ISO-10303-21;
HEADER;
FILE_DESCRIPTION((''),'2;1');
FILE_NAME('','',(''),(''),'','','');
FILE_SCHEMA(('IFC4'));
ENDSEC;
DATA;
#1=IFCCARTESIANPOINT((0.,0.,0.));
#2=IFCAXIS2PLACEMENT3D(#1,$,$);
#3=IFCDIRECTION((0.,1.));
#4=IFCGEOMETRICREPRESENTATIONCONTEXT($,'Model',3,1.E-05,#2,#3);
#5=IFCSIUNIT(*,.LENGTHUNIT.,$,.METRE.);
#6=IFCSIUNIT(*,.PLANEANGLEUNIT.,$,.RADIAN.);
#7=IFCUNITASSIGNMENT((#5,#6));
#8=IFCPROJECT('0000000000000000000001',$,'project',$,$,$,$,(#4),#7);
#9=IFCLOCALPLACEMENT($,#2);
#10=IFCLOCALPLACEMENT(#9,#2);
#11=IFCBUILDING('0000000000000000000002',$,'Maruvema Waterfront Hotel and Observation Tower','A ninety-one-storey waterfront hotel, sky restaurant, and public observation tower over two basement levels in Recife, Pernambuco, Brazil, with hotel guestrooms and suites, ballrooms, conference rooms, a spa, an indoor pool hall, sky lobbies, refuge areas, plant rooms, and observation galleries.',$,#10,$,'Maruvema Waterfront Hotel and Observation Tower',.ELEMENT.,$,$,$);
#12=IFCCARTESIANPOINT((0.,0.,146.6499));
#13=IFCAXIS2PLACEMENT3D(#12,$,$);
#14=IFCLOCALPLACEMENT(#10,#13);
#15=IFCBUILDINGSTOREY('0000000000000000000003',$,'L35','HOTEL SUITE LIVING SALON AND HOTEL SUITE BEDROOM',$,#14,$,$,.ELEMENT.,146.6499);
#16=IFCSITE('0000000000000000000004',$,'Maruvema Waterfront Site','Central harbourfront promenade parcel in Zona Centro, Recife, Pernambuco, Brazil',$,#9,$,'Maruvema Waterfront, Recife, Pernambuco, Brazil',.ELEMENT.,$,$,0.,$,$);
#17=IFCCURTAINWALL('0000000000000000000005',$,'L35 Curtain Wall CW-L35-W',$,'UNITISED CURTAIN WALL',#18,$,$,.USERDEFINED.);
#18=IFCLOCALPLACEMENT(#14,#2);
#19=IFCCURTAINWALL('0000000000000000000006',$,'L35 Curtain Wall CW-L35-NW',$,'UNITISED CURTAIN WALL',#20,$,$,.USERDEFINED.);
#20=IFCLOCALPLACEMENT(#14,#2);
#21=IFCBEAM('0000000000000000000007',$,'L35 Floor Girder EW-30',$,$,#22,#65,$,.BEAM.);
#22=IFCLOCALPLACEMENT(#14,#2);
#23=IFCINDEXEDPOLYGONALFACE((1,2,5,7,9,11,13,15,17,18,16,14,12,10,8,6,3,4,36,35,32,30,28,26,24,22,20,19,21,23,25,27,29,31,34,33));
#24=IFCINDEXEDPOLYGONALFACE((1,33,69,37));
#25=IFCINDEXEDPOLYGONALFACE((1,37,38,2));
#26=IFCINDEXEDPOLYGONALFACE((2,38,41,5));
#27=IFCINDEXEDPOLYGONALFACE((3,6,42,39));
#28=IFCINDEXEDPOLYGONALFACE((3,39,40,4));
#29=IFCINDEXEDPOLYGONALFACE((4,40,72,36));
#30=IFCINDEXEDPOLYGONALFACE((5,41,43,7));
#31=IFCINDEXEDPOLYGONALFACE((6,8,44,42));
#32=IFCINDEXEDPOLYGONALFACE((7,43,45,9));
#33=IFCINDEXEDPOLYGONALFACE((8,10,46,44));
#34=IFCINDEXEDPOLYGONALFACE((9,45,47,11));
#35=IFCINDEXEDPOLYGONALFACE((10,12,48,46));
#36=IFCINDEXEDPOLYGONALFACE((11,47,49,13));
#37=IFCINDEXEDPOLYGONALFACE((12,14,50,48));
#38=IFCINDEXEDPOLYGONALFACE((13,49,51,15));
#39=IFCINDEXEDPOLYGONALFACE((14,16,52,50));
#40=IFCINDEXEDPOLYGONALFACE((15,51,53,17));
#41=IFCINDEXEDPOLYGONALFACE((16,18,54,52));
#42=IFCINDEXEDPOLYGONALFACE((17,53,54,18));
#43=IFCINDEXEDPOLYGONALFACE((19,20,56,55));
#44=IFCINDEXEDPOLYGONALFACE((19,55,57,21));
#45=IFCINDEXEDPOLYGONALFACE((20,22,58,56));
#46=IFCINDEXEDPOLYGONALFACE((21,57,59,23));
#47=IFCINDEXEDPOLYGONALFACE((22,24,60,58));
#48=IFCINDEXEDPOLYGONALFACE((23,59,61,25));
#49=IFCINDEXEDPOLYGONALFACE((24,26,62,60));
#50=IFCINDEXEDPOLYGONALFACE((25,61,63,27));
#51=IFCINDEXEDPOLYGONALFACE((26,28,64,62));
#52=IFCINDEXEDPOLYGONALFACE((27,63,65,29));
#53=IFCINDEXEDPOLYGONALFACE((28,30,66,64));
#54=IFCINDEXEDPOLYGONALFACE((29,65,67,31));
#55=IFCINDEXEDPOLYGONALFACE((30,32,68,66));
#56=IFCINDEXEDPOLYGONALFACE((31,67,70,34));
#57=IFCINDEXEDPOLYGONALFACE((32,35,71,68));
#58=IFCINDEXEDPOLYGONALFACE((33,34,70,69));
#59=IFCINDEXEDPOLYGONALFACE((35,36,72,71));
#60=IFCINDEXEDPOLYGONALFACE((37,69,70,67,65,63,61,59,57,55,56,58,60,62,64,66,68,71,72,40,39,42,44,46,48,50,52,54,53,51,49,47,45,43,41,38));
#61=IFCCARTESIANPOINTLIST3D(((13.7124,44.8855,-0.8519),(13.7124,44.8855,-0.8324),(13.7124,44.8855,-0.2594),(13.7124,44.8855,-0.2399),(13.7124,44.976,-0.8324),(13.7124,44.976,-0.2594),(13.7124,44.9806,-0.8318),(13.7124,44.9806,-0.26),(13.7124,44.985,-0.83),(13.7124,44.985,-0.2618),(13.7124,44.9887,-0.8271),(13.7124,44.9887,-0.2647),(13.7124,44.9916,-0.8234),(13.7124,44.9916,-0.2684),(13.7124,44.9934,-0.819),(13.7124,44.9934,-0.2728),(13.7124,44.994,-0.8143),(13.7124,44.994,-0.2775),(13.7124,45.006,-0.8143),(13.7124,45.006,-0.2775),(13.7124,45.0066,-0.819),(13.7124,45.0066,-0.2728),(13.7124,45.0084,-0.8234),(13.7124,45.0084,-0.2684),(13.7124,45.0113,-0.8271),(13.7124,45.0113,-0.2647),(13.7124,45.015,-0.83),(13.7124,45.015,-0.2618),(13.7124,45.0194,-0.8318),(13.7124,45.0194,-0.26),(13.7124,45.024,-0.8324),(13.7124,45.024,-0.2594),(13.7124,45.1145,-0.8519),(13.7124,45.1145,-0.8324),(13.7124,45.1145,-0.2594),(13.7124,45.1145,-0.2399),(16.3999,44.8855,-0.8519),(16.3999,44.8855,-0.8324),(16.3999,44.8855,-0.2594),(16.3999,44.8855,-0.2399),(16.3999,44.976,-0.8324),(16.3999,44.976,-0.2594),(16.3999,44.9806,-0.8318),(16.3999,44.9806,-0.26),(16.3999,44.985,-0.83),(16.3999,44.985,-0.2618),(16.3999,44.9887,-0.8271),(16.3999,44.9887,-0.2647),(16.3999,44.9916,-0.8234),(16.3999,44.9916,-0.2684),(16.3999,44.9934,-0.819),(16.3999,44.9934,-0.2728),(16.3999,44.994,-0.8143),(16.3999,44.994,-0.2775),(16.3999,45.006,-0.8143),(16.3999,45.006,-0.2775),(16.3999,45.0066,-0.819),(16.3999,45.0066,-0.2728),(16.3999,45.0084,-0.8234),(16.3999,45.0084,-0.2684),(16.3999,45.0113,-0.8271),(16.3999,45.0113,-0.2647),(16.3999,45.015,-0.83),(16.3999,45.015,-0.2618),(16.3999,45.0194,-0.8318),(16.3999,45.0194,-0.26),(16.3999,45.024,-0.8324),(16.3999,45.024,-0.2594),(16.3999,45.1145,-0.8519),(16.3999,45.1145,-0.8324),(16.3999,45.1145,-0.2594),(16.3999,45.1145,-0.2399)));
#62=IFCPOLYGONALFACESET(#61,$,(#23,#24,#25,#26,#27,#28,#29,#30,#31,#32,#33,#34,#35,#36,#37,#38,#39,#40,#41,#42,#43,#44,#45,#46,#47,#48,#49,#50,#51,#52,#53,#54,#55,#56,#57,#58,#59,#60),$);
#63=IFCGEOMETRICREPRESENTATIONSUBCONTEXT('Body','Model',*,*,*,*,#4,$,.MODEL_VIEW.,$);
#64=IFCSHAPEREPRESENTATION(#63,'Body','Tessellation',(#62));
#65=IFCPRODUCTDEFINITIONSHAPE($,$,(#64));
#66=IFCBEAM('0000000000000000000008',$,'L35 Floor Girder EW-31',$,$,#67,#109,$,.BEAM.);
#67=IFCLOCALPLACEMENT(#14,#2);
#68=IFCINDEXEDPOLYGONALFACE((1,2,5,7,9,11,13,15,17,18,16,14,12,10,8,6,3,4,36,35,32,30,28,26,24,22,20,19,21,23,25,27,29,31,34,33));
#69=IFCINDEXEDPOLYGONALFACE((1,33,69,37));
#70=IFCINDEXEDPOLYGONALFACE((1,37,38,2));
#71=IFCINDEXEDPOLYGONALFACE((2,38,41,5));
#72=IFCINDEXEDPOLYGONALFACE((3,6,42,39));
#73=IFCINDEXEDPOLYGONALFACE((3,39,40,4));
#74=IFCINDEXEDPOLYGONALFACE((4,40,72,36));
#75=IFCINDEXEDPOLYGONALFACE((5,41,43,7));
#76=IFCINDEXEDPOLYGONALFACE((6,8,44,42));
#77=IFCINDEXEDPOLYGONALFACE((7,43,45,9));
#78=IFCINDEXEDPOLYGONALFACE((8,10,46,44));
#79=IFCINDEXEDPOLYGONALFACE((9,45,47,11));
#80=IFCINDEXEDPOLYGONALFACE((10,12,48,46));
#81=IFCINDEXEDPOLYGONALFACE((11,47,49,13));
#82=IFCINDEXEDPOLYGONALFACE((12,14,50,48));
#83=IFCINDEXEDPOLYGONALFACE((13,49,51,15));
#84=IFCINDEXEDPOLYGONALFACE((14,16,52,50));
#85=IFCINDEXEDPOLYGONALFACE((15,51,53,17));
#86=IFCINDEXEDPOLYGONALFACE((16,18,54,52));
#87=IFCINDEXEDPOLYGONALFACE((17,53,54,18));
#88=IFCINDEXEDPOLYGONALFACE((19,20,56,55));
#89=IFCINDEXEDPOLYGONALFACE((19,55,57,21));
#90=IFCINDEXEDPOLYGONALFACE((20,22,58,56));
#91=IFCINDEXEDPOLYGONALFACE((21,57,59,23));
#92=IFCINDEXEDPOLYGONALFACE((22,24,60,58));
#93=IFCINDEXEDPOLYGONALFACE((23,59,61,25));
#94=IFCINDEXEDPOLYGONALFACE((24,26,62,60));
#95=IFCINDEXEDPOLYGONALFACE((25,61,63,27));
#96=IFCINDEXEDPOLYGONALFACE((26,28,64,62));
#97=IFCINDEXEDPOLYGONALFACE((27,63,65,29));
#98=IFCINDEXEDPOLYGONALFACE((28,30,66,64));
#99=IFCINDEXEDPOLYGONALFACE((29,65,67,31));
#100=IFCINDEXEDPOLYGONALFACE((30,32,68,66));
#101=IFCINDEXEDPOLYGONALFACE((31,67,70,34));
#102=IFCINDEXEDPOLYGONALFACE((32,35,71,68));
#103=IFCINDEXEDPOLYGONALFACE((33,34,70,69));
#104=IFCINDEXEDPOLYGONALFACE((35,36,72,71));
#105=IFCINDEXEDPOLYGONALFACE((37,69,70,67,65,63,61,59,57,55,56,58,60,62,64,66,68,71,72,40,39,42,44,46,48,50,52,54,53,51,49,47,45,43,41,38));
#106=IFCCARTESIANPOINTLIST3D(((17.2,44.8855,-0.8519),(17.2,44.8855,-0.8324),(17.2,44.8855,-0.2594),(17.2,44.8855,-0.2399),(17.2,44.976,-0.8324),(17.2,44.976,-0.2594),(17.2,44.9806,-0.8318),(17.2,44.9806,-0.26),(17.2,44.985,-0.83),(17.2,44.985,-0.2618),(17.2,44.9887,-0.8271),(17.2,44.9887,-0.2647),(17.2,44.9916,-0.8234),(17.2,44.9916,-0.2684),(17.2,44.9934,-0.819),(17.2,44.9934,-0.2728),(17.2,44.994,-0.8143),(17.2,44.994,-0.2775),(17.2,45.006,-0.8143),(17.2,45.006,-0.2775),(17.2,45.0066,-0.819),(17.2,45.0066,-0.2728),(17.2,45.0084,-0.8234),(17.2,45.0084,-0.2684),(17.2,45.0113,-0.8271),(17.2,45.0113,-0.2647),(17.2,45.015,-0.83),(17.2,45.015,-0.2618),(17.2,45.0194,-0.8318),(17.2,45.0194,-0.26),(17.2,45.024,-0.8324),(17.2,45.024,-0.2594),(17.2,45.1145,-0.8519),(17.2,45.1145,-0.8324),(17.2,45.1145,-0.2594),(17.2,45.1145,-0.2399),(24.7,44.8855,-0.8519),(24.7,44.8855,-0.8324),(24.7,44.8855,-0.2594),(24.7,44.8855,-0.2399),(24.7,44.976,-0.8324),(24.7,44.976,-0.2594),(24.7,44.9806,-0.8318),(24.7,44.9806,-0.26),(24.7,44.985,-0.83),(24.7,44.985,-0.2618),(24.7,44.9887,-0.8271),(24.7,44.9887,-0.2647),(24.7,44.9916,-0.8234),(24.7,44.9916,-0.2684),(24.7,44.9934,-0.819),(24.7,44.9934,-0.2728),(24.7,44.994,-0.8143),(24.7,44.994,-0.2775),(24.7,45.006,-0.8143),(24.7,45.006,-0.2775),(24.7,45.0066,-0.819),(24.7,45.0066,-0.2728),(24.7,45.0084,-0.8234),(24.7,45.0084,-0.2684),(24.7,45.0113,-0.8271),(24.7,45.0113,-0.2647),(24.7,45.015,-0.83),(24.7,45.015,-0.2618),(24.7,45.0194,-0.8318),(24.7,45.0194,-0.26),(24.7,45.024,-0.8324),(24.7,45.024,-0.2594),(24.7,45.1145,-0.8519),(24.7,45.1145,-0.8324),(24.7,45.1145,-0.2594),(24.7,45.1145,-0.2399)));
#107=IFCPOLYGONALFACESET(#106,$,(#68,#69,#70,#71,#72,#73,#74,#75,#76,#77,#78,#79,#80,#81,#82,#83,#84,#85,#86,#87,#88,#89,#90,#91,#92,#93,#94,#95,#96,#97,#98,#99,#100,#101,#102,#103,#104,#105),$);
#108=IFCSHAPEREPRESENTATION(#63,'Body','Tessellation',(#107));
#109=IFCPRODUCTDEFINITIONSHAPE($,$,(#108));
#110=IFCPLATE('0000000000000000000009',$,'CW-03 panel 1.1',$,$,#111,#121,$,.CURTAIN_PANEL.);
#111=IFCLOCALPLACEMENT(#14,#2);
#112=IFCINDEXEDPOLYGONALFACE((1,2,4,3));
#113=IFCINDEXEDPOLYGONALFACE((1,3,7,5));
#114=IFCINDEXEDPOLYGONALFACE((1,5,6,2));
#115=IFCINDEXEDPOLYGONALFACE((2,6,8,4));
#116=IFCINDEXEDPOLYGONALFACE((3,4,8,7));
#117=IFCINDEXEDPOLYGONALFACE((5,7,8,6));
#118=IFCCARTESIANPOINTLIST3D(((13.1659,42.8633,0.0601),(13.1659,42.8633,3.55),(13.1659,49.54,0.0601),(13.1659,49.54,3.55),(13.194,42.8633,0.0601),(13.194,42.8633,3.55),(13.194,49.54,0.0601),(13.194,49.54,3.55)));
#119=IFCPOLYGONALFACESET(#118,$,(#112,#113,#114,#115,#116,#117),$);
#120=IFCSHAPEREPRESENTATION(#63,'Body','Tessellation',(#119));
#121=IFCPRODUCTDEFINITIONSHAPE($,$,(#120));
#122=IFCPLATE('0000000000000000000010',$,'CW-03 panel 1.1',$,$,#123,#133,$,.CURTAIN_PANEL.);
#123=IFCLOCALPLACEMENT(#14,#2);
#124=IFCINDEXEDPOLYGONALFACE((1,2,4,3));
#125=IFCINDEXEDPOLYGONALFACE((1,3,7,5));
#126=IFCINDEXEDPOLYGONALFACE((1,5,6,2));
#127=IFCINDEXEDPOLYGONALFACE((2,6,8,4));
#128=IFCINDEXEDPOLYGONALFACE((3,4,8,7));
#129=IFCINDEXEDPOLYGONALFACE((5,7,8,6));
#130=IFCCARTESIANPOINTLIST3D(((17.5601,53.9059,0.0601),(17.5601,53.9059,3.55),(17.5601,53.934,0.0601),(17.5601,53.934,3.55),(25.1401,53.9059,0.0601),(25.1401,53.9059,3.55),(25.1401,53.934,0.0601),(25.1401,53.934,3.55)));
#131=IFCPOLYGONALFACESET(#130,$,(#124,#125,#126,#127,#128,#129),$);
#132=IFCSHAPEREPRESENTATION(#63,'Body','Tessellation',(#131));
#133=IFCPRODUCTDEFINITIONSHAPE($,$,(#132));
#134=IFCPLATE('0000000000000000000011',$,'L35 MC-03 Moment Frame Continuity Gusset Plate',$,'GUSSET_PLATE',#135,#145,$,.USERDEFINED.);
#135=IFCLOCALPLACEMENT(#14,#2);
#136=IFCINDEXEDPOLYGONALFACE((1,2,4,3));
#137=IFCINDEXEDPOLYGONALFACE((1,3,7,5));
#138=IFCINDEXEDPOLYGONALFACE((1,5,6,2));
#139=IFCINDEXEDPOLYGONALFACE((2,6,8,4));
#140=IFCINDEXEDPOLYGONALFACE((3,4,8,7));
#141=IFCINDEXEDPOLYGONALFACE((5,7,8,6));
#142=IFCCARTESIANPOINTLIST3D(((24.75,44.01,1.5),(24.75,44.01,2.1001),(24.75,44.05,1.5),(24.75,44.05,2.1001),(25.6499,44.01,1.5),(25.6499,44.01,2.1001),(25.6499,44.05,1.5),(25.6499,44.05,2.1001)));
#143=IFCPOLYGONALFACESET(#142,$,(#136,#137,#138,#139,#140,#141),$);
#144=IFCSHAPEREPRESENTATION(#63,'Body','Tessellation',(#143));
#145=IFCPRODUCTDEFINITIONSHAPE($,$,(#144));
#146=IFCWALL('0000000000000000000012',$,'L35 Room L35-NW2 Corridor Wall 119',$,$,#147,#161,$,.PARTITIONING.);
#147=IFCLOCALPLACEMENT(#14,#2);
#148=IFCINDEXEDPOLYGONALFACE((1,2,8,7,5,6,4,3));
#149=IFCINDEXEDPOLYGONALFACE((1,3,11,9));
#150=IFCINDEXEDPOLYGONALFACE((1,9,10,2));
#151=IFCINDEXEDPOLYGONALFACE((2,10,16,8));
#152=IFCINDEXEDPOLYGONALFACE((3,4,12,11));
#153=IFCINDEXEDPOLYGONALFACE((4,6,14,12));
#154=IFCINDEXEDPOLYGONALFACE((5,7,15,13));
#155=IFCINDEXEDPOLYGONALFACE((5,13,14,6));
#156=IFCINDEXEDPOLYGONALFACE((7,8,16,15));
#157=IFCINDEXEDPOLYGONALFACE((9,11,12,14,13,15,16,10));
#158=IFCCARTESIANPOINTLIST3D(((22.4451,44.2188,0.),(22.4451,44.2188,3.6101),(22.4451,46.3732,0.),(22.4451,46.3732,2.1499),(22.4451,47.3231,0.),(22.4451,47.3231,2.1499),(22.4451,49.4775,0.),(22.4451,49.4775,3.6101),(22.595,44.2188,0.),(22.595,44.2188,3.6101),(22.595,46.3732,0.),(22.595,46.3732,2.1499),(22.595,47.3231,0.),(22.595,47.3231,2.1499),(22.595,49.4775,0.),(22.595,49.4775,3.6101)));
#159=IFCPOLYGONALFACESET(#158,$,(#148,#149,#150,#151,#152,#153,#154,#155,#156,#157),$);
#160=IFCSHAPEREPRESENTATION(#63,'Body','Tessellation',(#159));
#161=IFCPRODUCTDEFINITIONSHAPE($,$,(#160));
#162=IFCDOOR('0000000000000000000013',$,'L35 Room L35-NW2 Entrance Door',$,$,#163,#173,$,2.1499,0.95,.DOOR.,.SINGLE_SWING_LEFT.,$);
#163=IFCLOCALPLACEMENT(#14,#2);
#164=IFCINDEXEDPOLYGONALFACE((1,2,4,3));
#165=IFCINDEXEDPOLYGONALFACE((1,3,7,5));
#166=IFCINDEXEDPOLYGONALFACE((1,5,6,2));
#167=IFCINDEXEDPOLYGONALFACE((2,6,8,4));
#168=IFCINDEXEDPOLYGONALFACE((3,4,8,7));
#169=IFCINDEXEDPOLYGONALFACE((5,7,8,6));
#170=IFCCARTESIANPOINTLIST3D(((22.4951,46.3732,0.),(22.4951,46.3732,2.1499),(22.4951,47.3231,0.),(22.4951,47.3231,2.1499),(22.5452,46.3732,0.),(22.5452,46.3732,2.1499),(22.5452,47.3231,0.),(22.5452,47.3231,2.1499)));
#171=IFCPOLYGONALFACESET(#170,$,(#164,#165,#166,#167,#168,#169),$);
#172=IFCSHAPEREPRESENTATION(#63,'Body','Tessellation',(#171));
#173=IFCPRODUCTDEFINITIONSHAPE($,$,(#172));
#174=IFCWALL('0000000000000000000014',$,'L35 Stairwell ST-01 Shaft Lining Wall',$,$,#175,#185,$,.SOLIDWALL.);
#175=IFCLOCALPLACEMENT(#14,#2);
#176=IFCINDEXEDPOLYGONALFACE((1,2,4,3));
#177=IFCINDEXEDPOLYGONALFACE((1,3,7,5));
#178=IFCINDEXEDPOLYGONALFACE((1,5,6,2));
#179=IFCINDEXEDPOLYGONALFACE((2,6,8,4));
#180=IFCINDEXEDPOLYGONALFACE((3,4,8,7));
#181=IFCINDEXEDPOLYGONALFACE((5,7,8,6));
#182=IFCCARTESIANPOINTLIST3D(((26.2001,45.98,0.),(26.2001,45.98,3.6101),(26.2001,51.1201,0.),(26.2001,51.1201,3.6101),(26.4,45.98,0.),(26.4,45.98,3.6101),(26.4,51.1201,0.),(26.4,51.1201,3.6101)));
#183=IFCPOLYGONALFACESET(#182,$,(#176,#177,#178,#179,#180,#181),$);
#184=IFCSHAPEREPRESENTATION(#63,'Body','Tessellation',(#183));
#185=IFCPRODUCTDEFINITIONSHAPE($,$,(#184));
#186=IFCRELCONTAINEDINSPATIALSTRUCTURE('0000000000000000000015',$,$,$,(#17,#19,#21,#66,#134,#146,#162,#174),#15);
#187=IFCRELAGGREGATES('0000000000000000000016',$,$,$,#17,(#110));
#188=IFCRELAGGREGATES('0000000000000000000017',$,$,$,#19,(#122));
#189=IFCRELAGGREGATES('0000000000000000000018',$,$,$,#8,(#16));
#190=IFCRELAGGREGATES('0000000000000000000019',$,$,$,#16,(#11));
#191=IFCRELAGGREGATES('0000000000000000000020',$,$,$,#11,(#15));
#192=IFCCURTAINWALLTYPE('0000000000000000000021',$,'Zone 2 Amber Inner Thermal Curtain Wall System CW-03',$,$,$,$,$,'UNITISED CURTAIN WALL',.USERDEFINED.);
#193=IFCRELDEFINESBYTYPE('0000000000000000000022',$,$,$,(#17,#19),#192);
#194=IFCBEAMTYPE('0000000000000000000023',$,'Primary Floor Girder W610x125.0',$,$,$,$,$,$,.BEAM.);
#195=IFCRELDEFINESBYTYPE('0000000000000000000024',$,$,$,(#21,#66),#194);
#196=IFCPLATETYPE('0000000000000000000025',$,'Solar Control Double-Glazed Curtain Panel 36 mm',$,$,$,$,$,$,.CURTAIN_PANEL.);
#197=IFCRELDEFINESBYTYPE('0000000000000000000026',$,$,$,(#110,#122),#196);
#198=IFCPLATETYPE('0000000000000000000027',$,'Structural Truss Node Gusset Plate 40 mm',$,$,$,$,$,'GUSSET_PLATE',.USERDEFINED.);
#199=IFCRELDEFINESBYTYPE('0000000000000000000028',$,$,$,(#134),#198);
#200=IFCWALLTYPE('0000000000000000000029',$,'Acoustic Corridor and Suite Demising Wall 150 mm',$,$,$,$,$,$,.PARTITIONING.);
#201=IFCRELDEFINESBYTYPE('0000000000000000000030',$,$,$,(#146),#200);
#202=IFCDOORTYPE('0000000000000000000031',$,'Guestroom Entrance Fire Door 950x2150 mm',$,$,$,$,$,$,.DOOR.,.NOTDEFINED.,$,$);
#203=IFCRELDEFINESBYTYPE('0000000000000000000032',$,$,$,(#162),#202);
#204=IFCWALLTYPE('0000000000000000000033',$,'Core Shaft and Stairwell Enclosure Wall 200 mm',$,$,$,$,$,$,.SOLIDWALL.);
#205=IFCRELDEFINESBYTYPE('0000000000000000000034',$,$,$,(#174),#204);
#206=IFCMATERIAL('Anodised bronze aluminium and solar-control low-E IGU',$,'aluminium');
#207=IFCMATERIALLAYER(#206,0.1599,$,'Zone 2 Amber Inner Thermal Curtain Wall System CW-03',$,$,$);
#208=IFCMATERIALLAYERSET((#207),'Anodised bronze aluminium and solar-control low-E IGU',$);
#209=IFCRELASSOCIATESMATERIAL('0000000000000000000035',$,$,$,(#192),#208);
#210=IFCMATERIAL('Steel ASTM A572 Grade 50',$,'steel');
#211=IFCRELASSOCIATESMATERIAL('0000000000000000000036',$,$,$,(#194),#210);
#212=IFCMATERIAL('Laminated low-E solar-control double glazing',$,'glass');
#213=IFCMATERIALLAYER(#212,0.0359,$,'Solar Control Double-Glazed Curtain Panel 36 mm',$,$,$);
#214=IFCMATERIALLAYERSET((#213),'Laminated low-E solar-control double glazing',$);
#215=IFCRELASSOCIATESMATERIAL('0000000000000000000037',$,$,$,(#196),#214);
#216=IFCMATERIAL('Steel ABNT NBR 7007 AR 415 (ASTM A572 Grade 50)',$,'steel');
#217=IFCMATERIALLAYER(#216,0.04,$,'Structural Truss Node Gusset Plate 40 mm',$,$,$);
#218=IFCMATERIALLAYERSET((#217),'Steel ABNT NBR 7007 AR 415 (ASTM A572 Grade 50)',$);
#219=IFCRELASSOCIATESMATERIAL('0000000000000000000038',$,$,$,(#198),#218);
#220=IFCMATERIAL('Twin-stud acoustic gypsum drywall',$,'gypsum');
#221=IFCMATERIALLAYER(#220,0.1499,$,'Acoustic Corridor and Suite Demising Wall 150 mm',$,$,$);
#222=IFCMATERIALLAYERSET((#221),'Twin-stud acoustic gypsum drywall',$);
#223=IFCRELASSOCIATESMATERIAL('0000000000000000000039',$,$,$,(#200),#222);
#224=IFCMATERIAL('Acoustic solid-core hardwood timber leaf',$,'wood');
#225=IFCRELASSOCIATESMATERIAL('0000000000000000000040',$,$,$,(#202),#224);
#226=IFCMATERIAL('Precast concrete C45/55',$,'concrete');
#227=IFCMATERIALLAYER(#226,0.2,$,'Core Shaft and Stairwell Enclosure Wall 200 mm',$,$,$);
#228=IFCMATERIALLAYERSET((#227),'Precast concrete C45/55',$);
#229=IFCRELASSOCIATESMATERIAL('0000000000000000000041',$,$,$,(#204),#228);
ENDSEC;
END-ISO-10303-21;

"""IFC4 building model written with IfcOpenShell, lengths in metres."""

from ifc_helpers import new_model, si_unit, direction, frame, frame_2d, origin, origin_2d, place, context, subcontext, project, spatial, rectangle, i_section, extrude, material, layer, layer_set, material_profile, profile_set, type_object, element, fill, aggregate, save


model = new_model("IFC4")

# Units and contexts
model_context = context("Model", 3, precision=1e-05, world=origin(), true_north=direction((0.0, 1.0)))
body_context = subcontext(model_context, "Body", "Model", "MODEL_VIEW")
ifc_project = project(units=[si_unit("LENGTHUNIT", "METRE"), si_unit("PLANEANGLEUNIT", "RADIAN")], contexts=[model_context])

# Site, building, storey
site_placement = place(None, origin())
site = spatial("IfcSite", under=ifc_project, at=site_placement, Name="Maruvema Waterfront Site", Description="Central harbourfront promenade parcel in Zona Centro, Recife, Pernambuco, Brazil", LongName="Maruvema Waterfront, Recife, Pernambuco, Brazil", CompositionType="ELEMENT", RefElevation=0.0)
building_placement = place(site_placement, origin())
building = spatial("IfcBuilding", under=site, at=building_placement, Name="Maruvema Waterfront Hotel and Observation Tower", Description="A ninety-one-storey waterfront hotel, sky restaurant, and public observation tower over two basement levels in Recife, Pernambuco, Brazil, with hotel guestrooms and suites, ballrooms, conference rooms, a spa, an indoor pool hall, sky lobbies, refuge areas, plant rooms, and observation galleries.", LongName="Maruvema Waterfront Hotel and Observation Tower", CompositionType="ELEMENT")
storey_placement = place(building_placement, frame((0.0, 0.0, 146.6499)))
storey = spatial("IfcBuildingStorey", under=building, at=storey_placement, Name="L35", Description="HOTEL SUITE LIVING SALON AND HOTEL SUITE BEDROOM", CompositionType="ELEMENT", Elevation=146.6499)

# Curtain walls
ifc_material_1 = material(Name="Anodised bronze aluminium and solar-control low-E IGU", Category="aluminium")
ifc_layer_1 = layer(ifc_material_1, 0.1599, Name="Zone 2 Amber Inner Thermal Curtain Wall System CW-03")
ifc_layer_set_1 = layer_set([ifc_layer_1], Name="Anodised bronze aluminium and solar-control low-E IGU")
curtain_wall_type = type_object("IfcCurtainWallType", Name="Zone 2 Amber Inner Thermal Curtain Wall System CW-03", ElementType="UNITISED CURTAIN WALL", PredefinedType="USERDEFINED", material=ifc_layer_set_1)
curtain_wall_1_placement = place(storey_placement, origin())
curtain_wall_1 = element("IfcCurtainWall", 1, at=curtain_wall_1_placement, inside=storey, type_object=curtain_wall_type, Name="L35 Curtain Wall CW-L35-W", ObjectType="UNITISED CURTAIN WALL", PredefinedType="USERDEFINED")
curtain_wall_2_placement = place(storey_placement, origin())
curtain_wall_2 = element("IfcCurtainWall", 2, at=curtain_wall_2_placement, inside=storey, type_object=curtain_wall_type, Name="L35 Curtain Wall CW-L35-NW", ObjectType="UNITISED CURTAIN WALL", PredefinedType="USERDEFINED")

# Beams
ifc_material_2 = material(Name="Steel ASTM A572 Grade 50", Category="steel")
ifc_material_profile_1 = material_profile(ifc_material_2, i_section(OverallWidth=0.229, OverallDepth=0.6121, WebThickness=0.012, FlangeThickness=0.0195, FilletRadius=0.0181, at=origin_2d()), Name="W610x125.0")
ifc_profile_set_1 = profile_set([ifc_material_profile_1], Name="Steel ASTM A572 Grade 50")
beam_type = type_object("IfcBeamType", Name="Primary Floor Girder W610x125.0", PredefinedType="BEAM", material=ifc_profile_set_1)
beam_1_placement = place(storey_placement, frame((13.7124, 45.0, -0.5459), z_axis=(1.0, 0.0, 0.0), x_axis=(0.0, 1.0, 0.0)))
element("IfcBeam", 3, at=beam_1_placement, inside=storey, type_object=beam_type, Name="L35 Floor Girder EW-30", PredefinedType="BEAM", context=body_context, shape_type="SweptSolid", body=[
    extrude(i_section(OverallWidth=0.229, OverallDepth=0.6121, WebThickness=0.012, FlangeThickness=0.0195, FilletRadius=0.0181, at=origin_2d()), origin(), (0.0, 0.0, 1.0), 2.6875),
])
beam_2_placement = place(storey_placement, frame((17.2, 45.0, -0.5459), z_axis=(1.0, 0.0, 0.0), x_axis=(0.0, 1.0, 0.0)))
element("IfcBeam", 4, at=beam_2_placement, inside=storey, type_object=beam_type, Name="L35 Floor Girder EW-31", PredefinedType="BEAM", context=body_context, shape_type="SweptSolid", body=[
    extrude(i_section(OverallWidth=0.229, OverallDepth=0.6121, WebThickness=0.012, FlangeThickness=0.0195, FilletRadius=0.0181, at=origin_2d()), origin(), (0.0, 0.0, 1.0), 7.5),
])

# Plates
ifc_material_3 = material(Name="Laminated low-E solar-control double glazing", Category="glass")
ifc_layer_2 = layer(ifc_material_3, 0.0359, Name="Solar Control Double-Glazed Curtain Panel 36 mm")
ifc_layer_set_2 = layer_set([ifc_layer_2], Name="Laminated low-E solar-control double glazing")
plate_type_1 = type_object("IfcPlateType", Name="Solar Control Double-Glazed Curtain Panel 36 mm", PredefinedType="CURTAIN_PANEL", material=ifc_layer_set_2)
plate_1_placement = place(storey_placement, frame((13.1799, 46.2017, 0.0601), z_axis=(0.0, 0.0, 1.0), x_axis=(0.0, -1.0, 0.0)))
plate_1 = element("IfcPlate", 5, at=plate_1_placement, type_object=plate_type_1, Name="CW-03 panel 1.1", PredefinedType="CURTAIN_PANEL", context=body_context, shape_type="SweptSolid", body=[
    extrude(rectangle(XDim=6.6768, YDim=0.0281, at=origin_2d()), origin(), (0.0, 0.0, 1.0), 3.49),
])
aggregate(curtain_wall_1, [plate_1])
plate_2_placement = place(storey_placement, frame((21.3501, 53.9199, 0.0601), z_axis=(0.0, 0.0, 1.0), x_axis=(-1.0, 0.0, 0.0)))
plate_2 = element("IfcPlate", 6, at=plate_2_placement, type_object=plate_type_1, Name="CW-03 panel 1.1", PredefinedType="CURTAIN_PANEL", context=body_context, shape_type="SweptSolid", body=[
    extrude(rectangle(XDim=7.5801, YDim=0.0281, at=origin_2d()), origin(), (0.0, 0.0, 1.0), 3.49),
])
aggregate(curtain_wall_2, [plate_2])
ifc_material_4 = material(Name="Steel ABNT NBR 7007 AR 415 (ASTM A572 Grade 50)", Category="steel")
ifc_layer_3 = layer(ifc_material_4, 0.04, Name="Structural Truss Node Gusset Plate 40 mm")
ifc_layer_set_3 = layer_set([ifc_layer_3], Name="Steel ABNT NBR 7007 AR 415 (ASTM A572 Grade 50)")
plate_type_2 = type_object("IfcPlateType", Name="Structural Truss Node Gusset Plate 40 mm", ElementType="GUSSET_PLATE", PredefinedType="USERDEFINED", material=ifc_layer_set_3)
plate_3_placement = place(storey_placement, frame((25.2, 44.03, 1.5), z_axis=(0.0, 0.0, 1.0), x_axis=(1.0, 0.0, 0.0)))
element("IfcPlate", 7, at=plate_3_placement, inside=storey, type_object=plate_type_2, Name="L35 MC-03 Moment Frame Continuity Gusset Plate", ObjectType="GUSSET_PLATE", PredefinedType="USERDEFINED", context=body_context, shape_type="SweptSolid", body=[
    extrude(rectangle(XDim=0.8999, YDim=0.04, at=origin_2d()), origin(), (0.0, 0.0, 1.0), 0.6001),
])

# Wall, opening, door
ifc_material_5 = material(Name="Twin-stud acoustic gypsum drywall", Category="gypsum")
ifc_layer_4 = layer(ifc_material_5, 0.1499, Name="Acoustic Corridor and Suite Demising Wall 150 mm")
ifc_layer_set_4 = layer_set([ifc_layer_4], Name="Twin-stud acoustic gypsum drywall")
wall_type_1 = type_object("IfcWallType", Name="Acoustic Corridor and Suite Demising Wall 150 mm", PredefinedType="PARTITIONING", material=ifc_layer_set_4)
wall_1_placement = place(storey_placement, frame((22.52, 44.2188, 0.0), z_axis=(0.0, 0.0, 1.0), x_axis=(0.0, 1.0, 0.0)))
wall_1 = element("IfcWall", 8, at=wall_1_placement, inside=storey, type_object=wall_type_1, Name="L35 Room L35-NW2 Corridor Wall 119", PredefinedType="PARTITIONING", context=body_context, shape_type="SweptSolid", body=[
    extrude(rectangle(XDim=5.2588, YDim=0.1499, at=frame_2d((2.6294, 0.0))), origin(), (0.0, 0.0, 1.0), 3.6101),
])
opening_1_placement = place(wall_1_placement, frame((2.1543, 0.0, 0.0)))
opening_1 = element("IfcOpeningElement", 9, at=opening_1_placement, cuts=wall_1, PredefinedType="OPENING", context=body_context, shape_type="SweptSolid", body=[
    extrude(rectangle(XDim=0.95, YDim=2.1499, at=frame_2d((0.4751, 1.075))), frame((0.0, 0.085, 0.0), z_axis=(0.0, -1.0, 0.0), x_axis=(1.0, 0.0, 0.0)), (0.0, 0.0, 1.0), 0.1699),
])
ifc_material_6 = material(Name="Acoustic solid-core hardwood timber leaf", Category="wood")
door_type_1 = type_object("IfcDoorType", Name="Guestroom Entrance Fire Door 950x2150 mm", OperationType="NOTDEFINED", PredefinedType="DOOR", material=ifc_material_6)
door_1_placement = place(opening_1_placement, origin())
door_1 = element("IfcDoor", 10, at=door_1_placement, inside=storey, type_object=door_type_1, Name="L35 Room L35-NW2 Entrance Door", OperationType="SINGLE_SWING_LEFT", OverallHeight=2.1499, OverallWidth=0.95, PredefinedType="DOOR", context=body_context, shape_type="SweptSolid", body=[
    extrude(rectangle(XDim=0.95, YDim=2.1499, at=frame_2d((0.4751, 1.075))), frame((0.0, 0.0249, 0.0), z_axis=(0.0, -1.0, 0.0), x_axis=(1.0, 0.0, 0.0)), (0.0, 0.0, 1.0), 0.05),
])
fill(opening_1, door_1)

# Wall
ifc_material_7 = material(Name="Precast concrete C45/55", Category="concrete")
ifc_layer_5 = layer(ifc_material_7, 0.2, Name="Core Shaft and Stairwell Enclosure Wall 200 mm")
ifc_layer_set_5 = layer_set([ifc_layer_5], Name="Precast concrete C45/55")
wall_type_2 = type_object("IfcWallType", Name="Core Shaft and Stairwell Enclosure Wall 200 mm", PredefinedType="SOLIDWALL", material=ifc_layer_set_5)
wall_2_placement = place(storey_placement, frame((26.3, 45.98, 0.0), z_axis=(0.0, 0.0, 1.0), x_axis=(0.0, 1.0, 0.0)))
element("IfcWall", 11, at=wall_2_placement, inside=storey, type_object=wall_type_2, Name="L35 Stairwell ST-01 Shaft Lining Wall", PredefinedType="SOLIDWALL", context=body_context, shape_type="SweptSolid", body=[
    extrude(rectangle(XDim=5.1401, YDim=0.2, at=frame_2d((2.5701, 0.0))), origin(), (0.0, 0.0, 1.0), 3.6101),
])

save(model, "model.ifc")
